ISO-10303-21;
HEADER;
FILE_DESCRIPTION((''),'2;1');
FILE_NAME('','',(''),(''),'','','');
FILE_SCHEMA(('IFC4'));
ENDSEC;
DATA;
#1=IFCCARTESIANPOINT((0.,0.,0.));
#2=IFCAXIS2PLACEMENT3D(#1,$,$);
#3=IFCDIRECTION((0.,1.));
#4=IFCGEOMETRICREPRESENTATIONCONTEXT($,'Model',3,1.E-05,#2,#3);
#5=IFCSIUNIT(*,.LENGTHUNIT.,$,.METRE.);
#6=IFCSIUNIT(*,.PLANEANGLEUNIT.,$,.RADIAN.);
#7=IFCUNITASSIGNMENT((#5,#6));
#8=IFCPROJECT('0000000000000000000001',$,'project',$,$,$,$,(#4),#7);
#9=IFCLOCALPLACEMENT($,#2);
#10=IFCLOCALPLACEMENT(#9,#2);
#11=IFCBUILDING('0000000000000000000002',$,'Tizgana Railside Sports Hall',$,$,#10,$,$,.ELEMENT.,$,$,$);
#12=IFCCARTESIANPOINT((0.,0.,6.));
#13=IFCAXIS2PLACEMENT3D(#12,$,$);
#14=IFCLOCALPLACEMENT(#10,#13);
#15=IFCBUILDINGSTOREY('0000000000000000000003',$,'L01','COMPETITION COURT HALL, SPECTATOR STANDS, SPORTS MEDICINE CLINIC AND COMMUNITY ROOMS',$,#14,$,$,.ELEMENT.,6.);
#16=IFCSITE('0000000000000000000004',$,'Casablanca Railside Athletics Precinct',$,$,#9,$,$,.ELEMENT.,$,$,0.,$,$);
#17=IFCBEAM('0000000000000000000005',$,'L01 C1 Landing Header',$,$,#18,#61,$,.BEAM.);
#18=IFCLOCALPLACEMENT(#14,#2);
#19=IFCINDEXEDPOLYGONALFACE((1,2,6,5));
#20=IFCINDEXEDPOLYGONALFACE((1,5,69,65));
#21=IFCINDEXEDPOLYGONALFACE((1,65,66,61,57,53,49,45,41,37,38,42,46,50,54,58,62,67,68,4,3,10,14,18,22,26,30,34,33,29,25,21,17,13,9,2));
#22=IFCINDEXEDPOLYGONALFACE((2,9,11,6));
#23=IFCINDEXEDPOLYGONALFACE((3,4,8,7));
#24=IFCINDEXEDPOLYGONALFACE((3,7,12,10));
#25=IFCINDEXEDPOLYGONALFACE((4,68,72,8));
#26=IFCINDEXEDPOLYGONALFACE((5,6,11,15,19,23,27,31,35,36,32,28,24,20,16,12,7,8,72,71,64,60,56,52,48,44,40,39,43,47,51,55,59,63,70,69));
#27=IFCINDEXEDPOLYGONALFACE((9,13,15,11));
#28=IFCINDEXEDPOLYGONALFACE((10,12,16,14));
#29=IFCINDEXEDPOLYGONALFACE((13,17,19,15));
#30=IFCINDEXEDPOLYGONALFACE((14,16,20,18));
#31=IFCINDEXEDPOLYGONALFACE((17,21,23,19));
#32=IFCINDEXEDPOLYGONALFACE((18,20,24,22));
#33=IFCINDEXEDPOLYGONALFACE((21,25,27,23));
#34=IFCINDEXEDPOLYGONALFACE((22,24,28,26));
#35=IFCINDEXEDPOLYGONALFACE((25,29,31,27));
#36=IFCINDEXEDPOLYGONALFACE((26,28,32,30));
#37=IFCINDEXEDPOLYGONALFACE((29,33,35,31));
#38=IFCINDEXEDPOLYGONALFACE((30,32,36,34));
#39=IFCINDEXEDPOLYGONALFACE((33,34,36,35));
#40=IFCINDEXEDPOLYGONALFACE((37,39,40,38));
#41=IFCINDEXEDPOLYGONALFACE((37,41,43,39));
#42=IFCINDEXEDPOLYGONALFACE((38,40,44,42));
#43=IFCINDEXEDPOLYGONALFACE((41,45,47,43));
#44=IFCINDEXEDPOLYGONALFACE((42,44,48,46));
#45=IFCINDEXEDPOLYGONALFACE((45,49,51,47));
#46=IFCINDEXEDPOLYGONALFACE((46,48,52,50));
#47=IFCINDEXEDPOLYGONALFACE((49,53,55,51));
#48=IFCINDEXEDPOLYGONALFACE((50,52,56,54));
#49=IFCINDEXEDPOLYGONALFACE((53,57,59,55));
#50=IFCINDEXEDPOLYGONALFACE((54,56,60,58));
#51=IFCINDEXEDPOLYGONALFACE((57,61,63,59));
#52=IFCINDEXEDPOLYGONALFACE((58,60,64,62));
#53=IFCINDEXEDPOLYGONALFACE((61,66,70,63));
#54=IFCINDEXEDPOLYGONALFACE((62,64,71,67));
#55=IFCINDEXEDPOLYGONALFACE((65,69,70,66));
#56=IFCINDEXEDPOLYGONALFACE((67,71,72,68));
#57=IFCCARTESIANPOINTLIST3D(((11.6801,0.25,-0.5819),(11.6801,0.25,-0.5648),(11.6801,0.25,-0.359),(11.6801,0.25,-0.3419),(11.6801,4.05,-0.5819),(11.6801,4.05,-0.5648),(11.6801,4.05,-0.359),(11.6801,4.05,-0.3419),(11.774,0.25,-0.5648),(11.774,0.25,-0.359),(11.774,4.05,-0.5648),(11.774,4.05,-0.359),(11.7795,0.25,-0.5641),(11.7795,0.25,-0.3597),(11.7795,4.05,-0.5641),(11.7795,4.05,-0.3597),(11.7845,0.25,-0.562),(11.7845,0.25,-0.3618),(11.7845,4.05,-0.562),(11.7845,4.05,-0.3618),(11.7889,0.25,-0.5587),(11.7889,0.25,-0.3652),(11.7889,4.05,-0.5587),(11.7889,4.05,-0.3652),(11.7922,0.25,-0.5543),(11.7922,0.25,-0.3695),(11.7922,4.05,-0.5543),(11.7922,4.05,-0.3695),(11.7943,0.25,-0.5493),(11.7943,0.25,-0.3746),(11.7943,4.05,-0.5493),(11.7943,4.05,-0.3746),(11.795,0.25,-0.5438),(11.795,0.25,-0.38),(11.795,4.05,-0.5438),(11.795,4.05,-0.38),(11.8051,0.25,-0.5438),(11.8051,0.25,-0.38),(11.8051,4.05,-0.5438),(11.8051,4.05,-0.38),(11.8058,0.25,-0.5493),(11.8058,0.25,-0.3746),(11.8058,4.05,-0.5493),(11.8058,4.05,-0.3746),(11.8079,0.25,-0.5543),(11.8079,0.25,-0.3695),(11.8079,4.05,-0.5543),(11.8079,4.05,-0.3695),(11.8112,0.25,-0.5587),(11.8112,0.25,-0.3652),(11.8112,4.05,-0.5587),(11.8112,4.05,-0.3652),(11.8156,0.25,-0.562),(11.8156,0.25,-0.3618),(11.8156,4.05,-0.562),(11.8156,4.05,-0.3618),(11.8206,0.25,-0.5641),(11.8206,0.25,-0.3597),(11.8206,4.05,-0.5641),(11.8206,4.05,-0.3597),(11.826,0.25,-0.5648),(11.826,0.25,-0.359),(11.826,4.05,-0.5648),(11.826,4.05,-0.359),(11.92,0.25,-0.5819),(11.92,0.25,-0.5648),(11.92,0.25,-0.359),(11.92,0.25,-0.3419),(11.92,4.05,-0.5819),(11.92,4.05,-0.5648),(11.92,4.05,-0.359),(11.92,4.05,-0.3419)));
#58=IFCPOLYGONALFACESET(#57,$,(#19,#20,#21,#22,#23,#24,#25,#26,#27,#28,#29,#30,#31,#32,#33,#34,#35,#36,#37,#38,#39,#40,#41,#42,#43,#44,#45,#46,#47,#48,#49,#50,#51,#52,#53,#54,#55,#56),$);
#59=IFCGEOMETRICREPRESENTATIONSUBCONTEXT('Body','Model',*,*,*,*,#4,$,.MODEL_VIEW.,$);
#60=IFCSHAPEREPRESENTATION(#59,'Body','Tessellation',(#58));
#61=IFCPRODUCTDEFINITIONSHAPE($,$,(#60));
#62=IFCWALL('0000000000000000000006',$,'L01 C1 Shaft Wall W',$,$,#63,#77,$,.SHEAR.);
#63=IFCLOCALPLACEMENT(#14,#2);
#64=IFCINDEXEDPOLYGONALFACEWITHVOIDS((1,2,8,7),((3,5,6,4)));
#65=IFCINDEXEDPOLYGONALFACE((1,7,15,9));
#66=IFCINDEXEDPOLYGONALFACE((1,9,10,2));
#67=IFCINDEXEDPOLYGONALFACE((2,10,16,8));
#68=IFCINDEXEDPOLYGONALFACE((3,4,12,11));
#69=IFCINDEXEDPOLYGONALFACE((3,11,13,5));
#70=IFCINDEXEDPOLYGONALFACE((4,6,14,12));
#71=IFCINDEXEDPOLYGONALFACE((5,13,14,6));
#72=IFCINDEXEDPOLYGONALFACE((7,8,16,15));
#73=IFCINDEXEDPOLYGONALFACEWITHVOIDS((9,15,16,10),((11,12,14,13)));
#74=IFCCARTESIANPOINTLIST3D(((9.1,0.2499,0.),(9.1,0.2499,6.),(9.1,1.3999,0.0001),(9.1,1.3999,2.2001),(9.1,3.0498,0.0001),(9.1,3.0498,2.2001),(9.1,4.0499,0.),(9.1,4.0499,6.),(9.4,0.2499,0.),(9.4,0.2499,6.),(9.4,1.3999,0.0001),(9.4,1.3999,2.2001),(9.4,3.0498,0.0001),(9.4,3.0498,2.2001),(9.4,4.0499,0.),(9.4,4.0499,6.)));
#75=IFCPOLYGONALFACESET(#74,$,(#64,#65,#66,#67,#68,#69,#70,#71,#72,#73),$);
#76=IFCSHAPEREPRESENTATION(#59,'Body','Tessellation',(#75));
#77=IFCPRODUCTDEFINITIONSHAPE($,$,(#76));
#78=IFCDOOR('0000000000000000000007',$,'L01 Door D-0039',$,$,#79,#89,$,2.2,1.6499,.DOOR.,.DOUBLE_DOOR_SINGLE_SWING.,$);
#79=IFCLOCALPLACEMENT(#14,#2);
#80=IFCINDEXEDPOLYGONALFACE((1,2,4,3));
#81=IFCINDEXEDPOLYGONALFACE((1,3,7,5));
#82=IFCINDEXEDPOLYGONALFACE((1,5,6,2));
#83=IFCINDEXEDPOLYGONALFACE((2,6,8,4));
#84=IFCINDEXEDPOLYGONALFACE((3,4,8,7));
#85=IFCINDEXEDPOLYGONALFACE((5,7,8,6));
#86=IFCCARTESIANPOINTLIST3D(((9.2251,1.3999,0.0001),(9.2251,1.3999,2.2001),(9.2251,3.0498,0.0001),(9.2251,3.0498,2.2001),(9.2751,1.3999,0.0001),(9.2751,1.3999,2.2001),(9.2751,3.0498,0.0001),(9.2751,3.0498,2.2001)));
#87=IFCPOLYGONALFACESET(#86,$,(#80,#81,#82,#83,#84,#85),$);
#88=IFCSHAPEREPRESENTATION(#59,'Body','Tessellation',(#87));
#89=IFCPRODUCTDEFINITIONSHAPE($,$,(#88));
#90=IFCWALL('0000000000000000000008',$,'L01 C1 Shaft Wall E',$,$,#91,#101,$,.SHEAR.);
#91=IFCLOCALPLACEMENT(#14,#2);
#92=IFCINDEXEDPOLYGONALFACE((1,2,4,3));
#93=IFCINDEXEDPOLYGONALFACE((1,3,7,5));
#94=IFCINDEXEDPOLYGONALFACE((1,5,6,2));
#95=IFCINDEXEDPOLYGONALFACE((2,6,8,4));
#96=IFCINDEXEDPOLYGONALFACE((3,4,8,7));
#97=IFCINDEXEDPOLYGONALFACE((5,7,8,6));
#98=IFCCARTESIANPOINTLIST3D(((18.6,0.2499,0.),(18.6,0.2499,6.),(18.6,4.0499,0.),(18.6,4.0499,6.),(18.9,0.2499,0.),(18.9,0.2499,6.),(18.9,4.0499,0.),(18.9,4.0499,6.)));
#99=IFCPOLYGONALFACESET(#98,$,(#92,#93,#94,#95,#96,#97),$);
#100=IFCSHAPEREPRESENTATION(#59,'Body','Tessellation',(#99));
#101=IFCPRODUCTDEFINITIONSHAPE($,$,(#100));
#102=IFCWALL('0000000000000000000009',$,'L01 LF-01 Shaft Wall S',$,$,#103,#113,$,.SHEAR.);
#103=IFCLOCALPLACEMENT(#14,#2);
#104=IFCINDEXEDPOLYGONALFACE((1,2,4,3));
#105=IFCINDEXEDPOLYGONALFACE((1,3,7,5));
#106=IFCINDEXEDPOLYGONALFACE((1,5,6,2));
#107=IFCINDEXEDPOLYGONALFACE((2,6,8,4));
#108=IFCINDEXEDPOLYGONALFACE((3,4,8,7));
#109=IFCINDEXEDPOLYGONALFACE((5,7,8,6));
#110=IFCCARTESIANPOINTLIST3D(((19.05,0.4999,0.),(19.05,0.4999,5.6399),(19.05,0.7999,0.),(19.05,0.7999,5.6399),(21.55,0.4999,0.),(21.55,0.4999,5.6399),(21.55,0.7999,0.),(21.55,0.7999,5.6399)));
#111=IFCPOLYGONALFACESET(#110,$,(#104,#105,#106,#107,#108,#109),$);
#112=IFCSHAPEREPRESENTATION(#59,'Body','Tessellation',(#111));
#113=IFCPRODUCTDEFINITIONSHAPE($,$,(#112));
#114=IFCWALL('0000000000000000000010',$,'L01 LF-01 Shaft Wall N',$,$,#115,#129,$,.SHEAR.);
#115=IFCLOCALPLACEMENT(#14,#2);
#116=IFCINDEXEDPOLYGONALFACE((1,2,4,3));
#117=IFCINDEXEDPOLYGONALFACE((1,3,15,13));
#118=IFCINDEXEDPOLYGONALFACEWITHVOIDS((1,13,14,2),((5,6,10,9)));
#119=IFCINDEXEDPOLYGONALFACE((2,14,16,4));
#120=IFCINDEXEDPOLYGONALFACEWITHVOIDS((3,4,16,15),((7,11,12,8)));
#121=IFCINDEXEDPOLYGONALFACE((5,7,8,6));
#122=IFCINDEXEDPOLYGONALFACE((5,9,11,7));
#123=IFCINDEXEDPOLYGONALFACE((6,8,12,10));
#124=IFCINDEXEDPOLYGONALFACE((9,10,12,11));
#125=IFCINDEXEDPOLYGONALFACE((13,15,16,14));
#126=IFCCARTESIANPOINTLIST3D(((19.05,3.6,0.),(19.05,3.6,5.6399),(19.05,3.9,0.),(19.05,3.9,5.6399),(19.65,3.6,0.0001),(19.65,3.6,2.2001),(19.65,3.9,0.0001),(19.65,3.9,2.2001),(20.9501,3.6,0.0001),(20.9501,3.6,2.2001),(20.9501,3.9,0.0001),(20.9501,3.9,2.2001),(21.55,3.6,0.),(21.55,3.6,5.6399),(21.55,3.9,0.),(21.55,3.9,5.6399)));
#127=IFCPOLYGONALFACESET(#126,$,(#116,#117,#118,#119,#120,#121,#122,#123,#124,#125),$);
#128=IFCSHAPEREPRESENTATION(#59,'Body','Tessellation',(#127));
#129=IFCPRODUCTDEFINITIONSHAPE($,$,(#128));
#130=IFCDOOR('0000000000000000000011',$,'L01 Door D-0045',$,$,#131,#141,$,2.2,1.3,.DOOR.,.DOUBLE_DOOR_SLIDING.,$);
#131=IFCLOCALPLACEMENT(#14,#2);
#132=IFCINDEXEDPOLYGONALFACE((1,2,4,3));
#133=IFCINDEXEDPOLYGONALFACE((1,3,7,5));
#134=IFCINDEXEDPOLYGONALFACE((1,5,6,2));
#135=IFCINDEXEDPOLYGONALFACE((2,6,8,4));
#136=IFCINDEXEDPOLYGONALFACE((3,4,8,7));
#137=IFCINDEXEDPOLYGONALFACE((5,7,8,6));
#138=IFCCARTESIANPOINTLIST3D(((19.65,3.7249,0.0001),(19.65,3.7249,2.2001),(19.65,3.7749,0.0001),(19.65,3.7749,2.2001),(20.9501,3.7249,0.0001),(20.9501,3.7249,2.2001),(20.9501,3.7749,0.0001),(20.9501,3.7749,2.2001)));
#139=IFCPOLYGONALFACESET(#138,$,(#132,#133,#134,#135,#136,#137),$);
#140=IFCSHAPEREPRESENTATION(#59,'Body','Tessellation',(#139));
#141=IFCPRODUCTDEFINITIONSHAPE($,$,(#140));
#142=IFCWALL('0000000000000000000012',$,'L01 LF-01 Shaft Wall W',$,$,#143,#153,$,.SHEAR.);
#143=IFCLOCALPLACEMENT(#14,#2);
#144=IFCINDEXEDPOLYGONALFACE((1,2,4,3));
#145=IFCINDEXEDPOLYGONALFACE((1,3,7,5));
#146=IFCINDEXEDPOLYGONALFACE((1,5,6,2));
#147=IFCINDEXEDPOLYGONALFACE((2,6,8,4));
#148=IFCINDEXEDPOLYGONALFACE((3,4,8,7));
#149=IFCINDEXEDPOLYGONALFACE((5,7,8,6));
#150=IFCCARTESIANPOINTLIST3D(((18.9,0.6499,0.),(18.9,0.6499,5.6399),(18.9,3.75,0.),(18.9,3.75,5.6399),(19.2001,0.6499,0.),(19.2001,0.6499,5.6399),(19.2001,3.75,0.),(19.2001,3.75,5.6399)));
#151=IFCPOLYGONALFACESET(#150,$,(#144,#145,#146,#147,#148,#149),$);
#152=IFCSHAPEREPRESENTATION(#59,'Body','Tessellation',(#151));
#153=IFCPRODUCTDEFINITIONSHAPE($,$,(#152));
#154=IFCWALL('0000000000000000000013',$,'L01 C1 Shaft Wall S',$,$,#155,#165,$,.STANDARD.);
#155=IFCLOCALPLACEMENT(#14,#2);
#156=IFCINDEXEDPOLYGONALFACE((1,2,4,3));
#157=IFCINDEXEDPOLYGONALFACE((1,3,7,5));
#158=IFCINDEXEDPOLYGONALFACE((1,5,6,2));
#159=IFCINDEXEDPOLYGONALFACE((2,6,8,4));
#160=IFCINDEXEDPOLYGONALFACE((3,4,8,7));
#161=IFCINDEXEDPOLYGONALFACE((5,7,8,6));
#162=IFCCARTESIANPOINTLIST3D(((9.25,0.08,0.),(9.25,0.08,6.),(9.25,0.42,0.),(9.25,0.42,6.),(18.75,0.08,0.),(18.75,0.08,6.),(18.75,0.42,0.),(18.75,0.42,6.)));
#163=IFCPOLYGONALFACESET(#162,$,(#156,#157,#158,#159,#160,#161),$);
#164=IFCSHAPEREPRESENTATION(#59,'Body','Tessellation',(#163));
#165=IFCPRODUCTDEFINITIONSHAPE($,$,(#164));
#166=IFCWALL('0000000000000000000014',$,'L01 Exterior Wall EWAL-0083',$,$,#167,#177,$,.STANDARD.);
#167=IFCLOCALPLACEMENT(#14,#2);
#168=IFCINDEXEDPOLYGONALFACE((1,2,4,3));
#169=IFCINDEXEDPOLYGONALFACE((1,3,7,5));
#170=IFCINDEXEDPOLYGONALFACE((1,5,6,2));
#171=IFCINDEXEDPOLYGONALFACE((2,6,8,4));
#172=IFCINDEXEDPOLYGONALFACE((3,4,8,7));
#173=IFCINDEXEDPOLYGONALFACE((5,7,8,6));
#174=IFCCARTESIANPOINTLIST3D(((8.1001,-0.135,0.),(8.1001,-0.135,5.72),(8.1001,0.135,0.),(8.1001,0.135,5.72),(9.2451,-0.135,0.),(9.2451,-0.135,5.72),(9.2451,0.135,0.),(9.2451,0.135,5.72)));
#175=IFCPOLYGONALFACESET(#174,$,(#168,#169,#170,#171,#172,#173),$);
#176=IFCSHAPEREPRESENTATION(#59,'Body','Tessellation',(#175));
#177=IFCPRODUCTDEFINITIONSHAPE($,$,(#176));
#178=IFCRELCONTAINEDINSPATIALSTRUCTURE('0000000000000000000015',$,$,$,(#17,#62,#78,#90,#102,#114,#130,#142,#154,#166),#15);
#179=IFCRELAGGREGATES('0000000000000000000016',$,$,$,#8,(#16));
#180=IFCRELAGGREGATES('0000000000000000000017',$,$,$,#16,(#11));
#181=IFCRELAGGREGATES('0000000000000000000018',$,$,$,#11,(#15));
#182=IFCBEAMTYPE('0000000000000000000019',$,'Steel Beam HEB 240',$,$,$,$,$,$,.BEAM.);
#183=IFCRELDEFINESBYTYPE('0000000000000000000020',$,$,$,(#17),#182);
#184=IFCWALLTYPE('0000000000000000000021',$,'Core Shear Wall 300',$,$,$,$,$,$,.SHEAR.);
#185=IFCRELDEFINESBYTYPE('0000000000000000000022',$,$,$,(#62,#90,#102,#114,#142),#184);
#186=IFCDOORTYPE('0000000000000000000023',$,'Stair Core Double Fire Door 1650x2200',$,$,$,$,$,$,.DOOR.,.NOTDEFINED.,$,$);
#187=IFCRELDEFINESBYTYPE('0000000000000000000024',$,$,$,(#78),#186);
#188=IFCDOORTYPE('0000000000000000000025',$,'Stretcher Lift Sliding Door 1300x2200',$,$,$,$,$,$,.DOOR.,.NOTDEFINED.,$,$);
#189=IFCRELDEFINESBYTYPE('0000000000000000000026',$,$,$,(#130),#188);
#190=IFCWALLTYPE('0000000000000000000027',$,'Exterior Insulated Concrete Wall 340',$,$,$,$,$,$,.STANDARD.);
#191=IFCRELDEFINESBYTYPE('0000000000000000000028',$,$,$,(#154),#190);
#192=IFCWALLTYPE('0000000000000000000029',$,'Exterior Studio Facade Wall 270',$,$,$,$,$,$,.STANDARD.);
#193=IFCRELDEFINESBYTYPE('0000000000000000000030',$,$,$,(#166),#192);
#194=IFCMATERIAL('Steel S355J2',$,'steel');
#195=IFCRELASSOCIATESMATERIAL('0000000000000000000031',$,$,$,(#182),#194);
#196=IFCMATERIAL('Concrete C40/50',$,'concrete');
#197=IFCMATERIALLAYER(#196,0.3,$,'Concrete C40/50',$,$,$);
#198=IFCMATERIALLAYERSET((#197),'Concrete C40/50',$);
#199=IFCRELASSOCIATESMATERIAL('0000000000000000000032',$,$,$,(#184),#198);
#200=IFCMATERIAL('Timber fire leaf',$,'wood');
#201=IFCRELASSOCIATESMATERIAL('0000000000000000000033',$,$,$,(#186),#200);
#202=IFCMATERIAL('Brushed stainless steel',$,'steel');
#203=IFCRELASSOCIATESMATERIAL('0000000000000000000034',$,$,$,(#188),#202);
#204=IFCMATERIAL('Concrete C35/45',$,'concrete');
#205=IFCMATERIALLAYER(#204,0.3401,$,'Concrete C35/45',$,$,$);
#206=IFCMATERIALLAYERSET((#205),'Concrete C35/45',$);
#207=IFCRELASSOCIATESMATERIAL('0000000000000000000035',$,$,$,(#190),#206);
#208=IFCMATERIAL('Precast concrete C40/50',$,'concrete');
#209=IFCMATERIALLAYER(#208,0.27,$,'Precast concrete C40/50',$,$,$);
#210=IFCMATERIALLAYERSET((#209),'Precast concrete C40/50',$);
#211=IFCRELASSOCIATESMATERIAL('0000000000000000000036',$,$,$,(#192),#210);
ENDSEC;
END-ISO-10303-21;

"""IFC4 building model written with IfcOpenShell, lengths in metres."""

from ifc_helpers import new_model, si_unit, direction, frame, frame_2d, origin, origin_2d, place, context, subcontext, project, spatial, rectangle, i_section, extrude, material, layer, layer_set, material_profile, profile_set, type_object, element, fill, save


model = new_model("IFC4")

# Units and contexts
model_context = context("Model", 3, precision=1e-05, world=origin(), true_north=direction((0.0, 1.0)))
body_context = subcontext(model_context, "Body", "Model", "MODEL_VIEW")
ifc_project = project(units=[si_unit("LENGTHUNIT", "METRE"), si_unit("PLANEANGLEUNIT", "RADIAN")], contexts=[model_context])

# Site, building, storey
site_placement = place(None, origin())
site = spatial("IfcSite", under=ifc_project, at=site_placement, Name="Casablanca Railside Athletics Precinct", CompositionType="ELEMENT", RefElevation=0.0)
building_placement = place(site_placement, origin())
building = spatial("IfcBuilding", under=site, at=building_placement, Name="Tizgana Railside Sports Hall", CompositionType="ELEMENT")
storey_placement = place(building_placement, frame((0.0, 0.0, 6.0)))
storey = spatial("IfcBuildingStorey", under=building, at=storey_placement, Name="L01", Description="COMPETITION COURT HALL, SPECTATOR STANDS, SPORTS MEDICINE CLINIC AND COMMUNITY ROOMS", CompositionType="ELEMENT", Elevation=6.0)

# Shared definitions
ifc_material_1 = material(Name="Concrete C40/50", Category="concrete")

# Beam
ifc_material_2 = material(Name="Steel S355J2", Category="steel")
ifc_material_profile_1 = material_profile(ifc_material_2, i_section(OverallWidth=0.24, OverallDepth=0.24, WebThickness=0.01, FlangeThickness=0.0171, FilletRadius=0.021, at=origin_2d()), Name="HEB 240")
ifc_profile_set_1 = profile_set([ifc_material_profile_1], Name="Steel S355J2")
beam_type_1 = type_object("IfcBeamType", Name="Steel Beam HEB 240", PredefinedType="BEAM", material=ifc_profile_set_1)
beam_placement = place(storey_placement, frame((11.8, 0.25, -0.4619), z_axis=(0.0, 1.0, 0.0), x_axis=(-1.0, 0.0, 0.0)))
element("IfcBeam", 1, at=beam_placement, inside=storey, type_object=beam_type_1, Name="L01 C1 Landing Header", PredefinedType="BEAM", context=body_context, shape_type="SweptSolid", body=[
    extrude(i_section(OverallWidth=0.24, OverallDepth=0.24, WebThickness=0.01, FlangeThickness=0.0171, FilletRadius=0.021, at=origin_2d()), origin(), (0.0, 0.0, 1.0), 3.8),
])

# Wall, opening, door
ifc_layer_1 = layer(ifc_material_1, 0.3, Name="Concrete C40/50")
ifc_layer_set_1 = layer_set([ifc_layer_1], Name="Concrete C40/50")
wall_type_1 = type_object("IfcWallType", Name="Core Shear Wall 300", PredefinedType="SHEAR", material=ifc_layer_set_1)
wall_1_placement = place(storey_placement, frame((9.25, 0.25, 0.0), z_axis=(0.0, 0.0, 1.0), x_axis=(0.0, 1.0, 0.0)))
wall_1 = element("IfcWall", 2, at=wall_1_placement, inside=storey, type_object=wall_type_1, Name="L01 C1 Shaft Wall W", PredefinedType="SHEAR", context=body_context, shape_type="SweptSolid", body=[
    extrude(rectangle(XDim=3.8, YDim=0.3, at=frame_2d((1.8999, 0.0))), origin(), (0.0, 0.0, 1.0), 6.0),
])
opening_1_placement = place(wall_1_placement, frame((1.1499, 0.0, 0.0)))
opening_1 = element("IfcOpeningElement", 3, at=opening_1_placement, cuts=wall_1, PredefinedType="OPENING", context=body_context, shape_type="SweptSolid", body=[
    extrude(rectangle(XDim=1.6499, YDim=2.2, at=frame_2d((0.825, 1.1001))), frame((0.0, 0.1599, 0.0), z_axis=(0.0, -1.0, 0.0), x_axis=(1.0, 0.0, 0.0)), (0.0, 0.0, 1.0), 0.3201),
])
ifc_material_3 = material(Name="Timber fire leaf", Category="wood")
door_type_1 = type_object("IfcDoorType", Name="Stair Core Double Fire Door 1650x2200", OperationType="NOTDEFINED", PredefinedType="DOOR", material=ifc_material_3)
door_1_placement = place(opening_1_placement, origin())
door_1 = element("IfcDoor", 4, at=door_1_placement, inside=storey, type_object=door_type_1, Name="L01 Door D-0039", OperationType="DOUBLE_DOOR_SINGLE_SWING", OverallHeight=2.2, OverallWidth=1.6499, PredefinedType="DOOR", context=body_context, shape_type="SweptSolid", body=[
    extrude(rectangle(XDim=1.6499, YDim=2.2, at=frame_2d((0.825, 1.1001))), frame((0.0, 0.0249, 0.0), z_axis=(0.0, -1.0, 0.0), x_axis=(1.0, 0.0, 0.0)), (0.0, 0.0, 1.0), 0.05),
])
fill(opening_1, door_1)

# Walls
wall_2_placement = place(storey_placement, frame((18.75, 0.25, 0.0), z_axis=(0.0, 0.0, 1.0), x_axis=(0.0, 1.0, 0.0)))
element("IfcWall", 5, at=wall_2_placement, inside=storey, type_object=wall_type_1, Name="L01 C1 Shaft Wall E", PredefinedType="SHEAR", context=body_context, shape_type="SweptSolid", body=[
    extrude(rectangle(XDim=3.8, YDim=0.3, at=frame_2d((1.8999, 0.0))), origin(), (0.0, 0.0, 1.0), 6.0),
])
wall_3_placement = place(storey_placement, frame((19.05, 0.6499, 0.0), z_axis=(0.0, 0.0, 1.0), x_axis=(1.0, 0.0, 0.0)))
element("IfcWall", 6, at=wall_3_placement, inside=storey, type_object=wall_type_1, Name="L01 LF-01 Shaft Wall S", PredefinedType="SHEAR", context=body_context, shape_type="SweptSolid", body=[
    extrude(rectangle(XDim=2.5, YDim=0.3, at=frame_2d((1.25, 0.0))), origin(), (0.0, 0.0, 1.0), 5.6399),
])

# Wall, opening, door
wall_4_placement = place(storey_placement, frame((19.05, 3.75, 0.0), z_axis=(0.0, 0.0, 1.0), x_axis=(1.0, 0.0, 0.0)))
wall_4 = element("IfcWall", 7, at=wall_4_placement, inside=storey, type_object=wall_type_1, Name="L01 LF-01 Shaft Wall N", PredefinedType="SHEAR", context=body_context, shape_type="SweptSolid", body=[
    extrude(rectangle(XDim=2.5, YDim=0.3, at=frame_2d((1.25, 0.0))), origin(), (0.0, 0.0, 1.0), 5.6399),
])
opening_2_placement = place(wall_4_placement, frame((0.6001, 0.0, 0.0)))
opening_2 = element("IfcOpeningElement", 8, at=opening_2_placement, cuts=wall_4, PredefinedType="OPENING", context=body_context, shape_type="SweptSolid", body=[
    extrude(rectangle(XDim=1.3, YDim=2.2, at=frame_2d((0.6499, 1.1001))), frame((0.0, 0.1599, 0.0), z_axis=(0.0, -1.0, 0.0), x_axis=(1.0, 0.0, 0.0)), (0.0, 0.0, 1.0), 0.3201),
])
ifc_material_4 = material(Name="Brushed stainless steel", Category="steel")
door_type_2 = type_object("IfcDoorType", Name="Stretcher Lift Sliding Door 1300x2200", OperationType="NOTDEFINED", PredefinedType="DOOR", material=ifc_material_4)
door_2_placement = place(opening_2_placement, origin())
door_2 = element("IfcDoor", 9, at=door_2_placement, inside=storey, type_object=door_type_2, Name="L01 Door D-0045", OperationType="DOUBLE_DOOR_SLIDING", OverallHeight=2.2, OverallWidth=1.3, PredefinedType="DOOR", context=body_context, shape_type="SweptSolid", body=[
    extrude(rectangle(XDim=1.3, YDim=2.2, at=frame_2d((0.6499, 1.1001))), frame((0.0, 0.0249, 0.0), z_axis=(0.0, -1.0, 0.0), x_axis=(1.0, 0.0, 0.0)), (0.0, 0.0, 1.0), 0.05),
])
fill(opening_2, door_2)

# Walls
wall_5_placement = place(storey_placement, frame((19.05, 0.6499, 0.0), z_axis=(0.0, 0.0, 1.0), x_axis=(0.0, 1.0, 0.0)))
element("IfcWall", 10, at=wall_5_placement, inside=storey, type_object=wall_type_1, Name="L01 LF-01 Shaft Wall W", PredefinedType="SHEAR", context=body_context, shape_type="SweptSolid", body=[
    extrude(rectangle(XDim=3.1001, YDim=0.3, at=frame_2d((1.55, 0.0))), origin(), (0.0, 0.0, 1.0), 5.6399),
])
ifc_material_5 = material(Name="Concrete C35/45", Category="concrete")
ifc_layer_2 = layer(ifc_material_5, 0.3401, Name="Concrete C35/45")
ifc_layer_set_2 = layer_set([ifc_layer_2], Name="Concrete C35/45")
wall_type_2 = type_object("IfcWallType", Name="Exterior Insulated Concrete Wall 340", PredefinedType="STANDARD", material=ifc_layer_set_2)
wall_6_placement = place(storey_placement, frame((18.75, 0.25, 0.0), z_axis=(0.0, 0.0, 1.0), x_axis=(-1.0, 0.0, 0.0)))
element("IfcWall", 11, at=wall_6_placement, inside=storey, type_object=wall_type_2, Name="L01 C1 Shaft Wall S", PredefinedType="STANDARD", context=body_context, shape_type="SweptSolid", body=[
    extrude(rectangle(XDim=9.5, YDim=0.3401, at=frame_2d((4.75, 0.0))), origin(), (0.0, 0.0, 1.0), 6.0),
])
ifc_material_6 = material(Name="Precast concrete C40/50", Category="concrete")
ifc_layer_3 = layer(ifc_material_6, 0.27, Name="Precast concrete C40/50")
ifc_layer_set_3 = layer_set([ifc_layer_3], Name="Precast concrete C40/50")
wall_type_3 = type_object("IfcWallType", Name="Exterior Studio Facade Wall 270", PredefinedType="STANDARD", material=ifc_layer_set_3)
wall_7_placement = place(storey_placement, frame((9.2451, 0.0, 0.0), z_axis=(0.0, 0.0, 1.0), x_axis=(-1.0, 0.0, 0.0)))
element("IfcWall", 12, at=wall_7_placement, inside=storey, type_object=wall_type_3, Name="L01 Exterior Wall EWAL-0083", PredefinedType="STANDARD", context=body_context, shape_type="SweptSolid", body=[
    extrude(rectangle(XDim=1.145, YDim=0.27, at=frame_2d((0.5725, 0.0))), origin(), (0.0, 0.0, 1.0), 5.72),
])

save(model, "model.ifc")
